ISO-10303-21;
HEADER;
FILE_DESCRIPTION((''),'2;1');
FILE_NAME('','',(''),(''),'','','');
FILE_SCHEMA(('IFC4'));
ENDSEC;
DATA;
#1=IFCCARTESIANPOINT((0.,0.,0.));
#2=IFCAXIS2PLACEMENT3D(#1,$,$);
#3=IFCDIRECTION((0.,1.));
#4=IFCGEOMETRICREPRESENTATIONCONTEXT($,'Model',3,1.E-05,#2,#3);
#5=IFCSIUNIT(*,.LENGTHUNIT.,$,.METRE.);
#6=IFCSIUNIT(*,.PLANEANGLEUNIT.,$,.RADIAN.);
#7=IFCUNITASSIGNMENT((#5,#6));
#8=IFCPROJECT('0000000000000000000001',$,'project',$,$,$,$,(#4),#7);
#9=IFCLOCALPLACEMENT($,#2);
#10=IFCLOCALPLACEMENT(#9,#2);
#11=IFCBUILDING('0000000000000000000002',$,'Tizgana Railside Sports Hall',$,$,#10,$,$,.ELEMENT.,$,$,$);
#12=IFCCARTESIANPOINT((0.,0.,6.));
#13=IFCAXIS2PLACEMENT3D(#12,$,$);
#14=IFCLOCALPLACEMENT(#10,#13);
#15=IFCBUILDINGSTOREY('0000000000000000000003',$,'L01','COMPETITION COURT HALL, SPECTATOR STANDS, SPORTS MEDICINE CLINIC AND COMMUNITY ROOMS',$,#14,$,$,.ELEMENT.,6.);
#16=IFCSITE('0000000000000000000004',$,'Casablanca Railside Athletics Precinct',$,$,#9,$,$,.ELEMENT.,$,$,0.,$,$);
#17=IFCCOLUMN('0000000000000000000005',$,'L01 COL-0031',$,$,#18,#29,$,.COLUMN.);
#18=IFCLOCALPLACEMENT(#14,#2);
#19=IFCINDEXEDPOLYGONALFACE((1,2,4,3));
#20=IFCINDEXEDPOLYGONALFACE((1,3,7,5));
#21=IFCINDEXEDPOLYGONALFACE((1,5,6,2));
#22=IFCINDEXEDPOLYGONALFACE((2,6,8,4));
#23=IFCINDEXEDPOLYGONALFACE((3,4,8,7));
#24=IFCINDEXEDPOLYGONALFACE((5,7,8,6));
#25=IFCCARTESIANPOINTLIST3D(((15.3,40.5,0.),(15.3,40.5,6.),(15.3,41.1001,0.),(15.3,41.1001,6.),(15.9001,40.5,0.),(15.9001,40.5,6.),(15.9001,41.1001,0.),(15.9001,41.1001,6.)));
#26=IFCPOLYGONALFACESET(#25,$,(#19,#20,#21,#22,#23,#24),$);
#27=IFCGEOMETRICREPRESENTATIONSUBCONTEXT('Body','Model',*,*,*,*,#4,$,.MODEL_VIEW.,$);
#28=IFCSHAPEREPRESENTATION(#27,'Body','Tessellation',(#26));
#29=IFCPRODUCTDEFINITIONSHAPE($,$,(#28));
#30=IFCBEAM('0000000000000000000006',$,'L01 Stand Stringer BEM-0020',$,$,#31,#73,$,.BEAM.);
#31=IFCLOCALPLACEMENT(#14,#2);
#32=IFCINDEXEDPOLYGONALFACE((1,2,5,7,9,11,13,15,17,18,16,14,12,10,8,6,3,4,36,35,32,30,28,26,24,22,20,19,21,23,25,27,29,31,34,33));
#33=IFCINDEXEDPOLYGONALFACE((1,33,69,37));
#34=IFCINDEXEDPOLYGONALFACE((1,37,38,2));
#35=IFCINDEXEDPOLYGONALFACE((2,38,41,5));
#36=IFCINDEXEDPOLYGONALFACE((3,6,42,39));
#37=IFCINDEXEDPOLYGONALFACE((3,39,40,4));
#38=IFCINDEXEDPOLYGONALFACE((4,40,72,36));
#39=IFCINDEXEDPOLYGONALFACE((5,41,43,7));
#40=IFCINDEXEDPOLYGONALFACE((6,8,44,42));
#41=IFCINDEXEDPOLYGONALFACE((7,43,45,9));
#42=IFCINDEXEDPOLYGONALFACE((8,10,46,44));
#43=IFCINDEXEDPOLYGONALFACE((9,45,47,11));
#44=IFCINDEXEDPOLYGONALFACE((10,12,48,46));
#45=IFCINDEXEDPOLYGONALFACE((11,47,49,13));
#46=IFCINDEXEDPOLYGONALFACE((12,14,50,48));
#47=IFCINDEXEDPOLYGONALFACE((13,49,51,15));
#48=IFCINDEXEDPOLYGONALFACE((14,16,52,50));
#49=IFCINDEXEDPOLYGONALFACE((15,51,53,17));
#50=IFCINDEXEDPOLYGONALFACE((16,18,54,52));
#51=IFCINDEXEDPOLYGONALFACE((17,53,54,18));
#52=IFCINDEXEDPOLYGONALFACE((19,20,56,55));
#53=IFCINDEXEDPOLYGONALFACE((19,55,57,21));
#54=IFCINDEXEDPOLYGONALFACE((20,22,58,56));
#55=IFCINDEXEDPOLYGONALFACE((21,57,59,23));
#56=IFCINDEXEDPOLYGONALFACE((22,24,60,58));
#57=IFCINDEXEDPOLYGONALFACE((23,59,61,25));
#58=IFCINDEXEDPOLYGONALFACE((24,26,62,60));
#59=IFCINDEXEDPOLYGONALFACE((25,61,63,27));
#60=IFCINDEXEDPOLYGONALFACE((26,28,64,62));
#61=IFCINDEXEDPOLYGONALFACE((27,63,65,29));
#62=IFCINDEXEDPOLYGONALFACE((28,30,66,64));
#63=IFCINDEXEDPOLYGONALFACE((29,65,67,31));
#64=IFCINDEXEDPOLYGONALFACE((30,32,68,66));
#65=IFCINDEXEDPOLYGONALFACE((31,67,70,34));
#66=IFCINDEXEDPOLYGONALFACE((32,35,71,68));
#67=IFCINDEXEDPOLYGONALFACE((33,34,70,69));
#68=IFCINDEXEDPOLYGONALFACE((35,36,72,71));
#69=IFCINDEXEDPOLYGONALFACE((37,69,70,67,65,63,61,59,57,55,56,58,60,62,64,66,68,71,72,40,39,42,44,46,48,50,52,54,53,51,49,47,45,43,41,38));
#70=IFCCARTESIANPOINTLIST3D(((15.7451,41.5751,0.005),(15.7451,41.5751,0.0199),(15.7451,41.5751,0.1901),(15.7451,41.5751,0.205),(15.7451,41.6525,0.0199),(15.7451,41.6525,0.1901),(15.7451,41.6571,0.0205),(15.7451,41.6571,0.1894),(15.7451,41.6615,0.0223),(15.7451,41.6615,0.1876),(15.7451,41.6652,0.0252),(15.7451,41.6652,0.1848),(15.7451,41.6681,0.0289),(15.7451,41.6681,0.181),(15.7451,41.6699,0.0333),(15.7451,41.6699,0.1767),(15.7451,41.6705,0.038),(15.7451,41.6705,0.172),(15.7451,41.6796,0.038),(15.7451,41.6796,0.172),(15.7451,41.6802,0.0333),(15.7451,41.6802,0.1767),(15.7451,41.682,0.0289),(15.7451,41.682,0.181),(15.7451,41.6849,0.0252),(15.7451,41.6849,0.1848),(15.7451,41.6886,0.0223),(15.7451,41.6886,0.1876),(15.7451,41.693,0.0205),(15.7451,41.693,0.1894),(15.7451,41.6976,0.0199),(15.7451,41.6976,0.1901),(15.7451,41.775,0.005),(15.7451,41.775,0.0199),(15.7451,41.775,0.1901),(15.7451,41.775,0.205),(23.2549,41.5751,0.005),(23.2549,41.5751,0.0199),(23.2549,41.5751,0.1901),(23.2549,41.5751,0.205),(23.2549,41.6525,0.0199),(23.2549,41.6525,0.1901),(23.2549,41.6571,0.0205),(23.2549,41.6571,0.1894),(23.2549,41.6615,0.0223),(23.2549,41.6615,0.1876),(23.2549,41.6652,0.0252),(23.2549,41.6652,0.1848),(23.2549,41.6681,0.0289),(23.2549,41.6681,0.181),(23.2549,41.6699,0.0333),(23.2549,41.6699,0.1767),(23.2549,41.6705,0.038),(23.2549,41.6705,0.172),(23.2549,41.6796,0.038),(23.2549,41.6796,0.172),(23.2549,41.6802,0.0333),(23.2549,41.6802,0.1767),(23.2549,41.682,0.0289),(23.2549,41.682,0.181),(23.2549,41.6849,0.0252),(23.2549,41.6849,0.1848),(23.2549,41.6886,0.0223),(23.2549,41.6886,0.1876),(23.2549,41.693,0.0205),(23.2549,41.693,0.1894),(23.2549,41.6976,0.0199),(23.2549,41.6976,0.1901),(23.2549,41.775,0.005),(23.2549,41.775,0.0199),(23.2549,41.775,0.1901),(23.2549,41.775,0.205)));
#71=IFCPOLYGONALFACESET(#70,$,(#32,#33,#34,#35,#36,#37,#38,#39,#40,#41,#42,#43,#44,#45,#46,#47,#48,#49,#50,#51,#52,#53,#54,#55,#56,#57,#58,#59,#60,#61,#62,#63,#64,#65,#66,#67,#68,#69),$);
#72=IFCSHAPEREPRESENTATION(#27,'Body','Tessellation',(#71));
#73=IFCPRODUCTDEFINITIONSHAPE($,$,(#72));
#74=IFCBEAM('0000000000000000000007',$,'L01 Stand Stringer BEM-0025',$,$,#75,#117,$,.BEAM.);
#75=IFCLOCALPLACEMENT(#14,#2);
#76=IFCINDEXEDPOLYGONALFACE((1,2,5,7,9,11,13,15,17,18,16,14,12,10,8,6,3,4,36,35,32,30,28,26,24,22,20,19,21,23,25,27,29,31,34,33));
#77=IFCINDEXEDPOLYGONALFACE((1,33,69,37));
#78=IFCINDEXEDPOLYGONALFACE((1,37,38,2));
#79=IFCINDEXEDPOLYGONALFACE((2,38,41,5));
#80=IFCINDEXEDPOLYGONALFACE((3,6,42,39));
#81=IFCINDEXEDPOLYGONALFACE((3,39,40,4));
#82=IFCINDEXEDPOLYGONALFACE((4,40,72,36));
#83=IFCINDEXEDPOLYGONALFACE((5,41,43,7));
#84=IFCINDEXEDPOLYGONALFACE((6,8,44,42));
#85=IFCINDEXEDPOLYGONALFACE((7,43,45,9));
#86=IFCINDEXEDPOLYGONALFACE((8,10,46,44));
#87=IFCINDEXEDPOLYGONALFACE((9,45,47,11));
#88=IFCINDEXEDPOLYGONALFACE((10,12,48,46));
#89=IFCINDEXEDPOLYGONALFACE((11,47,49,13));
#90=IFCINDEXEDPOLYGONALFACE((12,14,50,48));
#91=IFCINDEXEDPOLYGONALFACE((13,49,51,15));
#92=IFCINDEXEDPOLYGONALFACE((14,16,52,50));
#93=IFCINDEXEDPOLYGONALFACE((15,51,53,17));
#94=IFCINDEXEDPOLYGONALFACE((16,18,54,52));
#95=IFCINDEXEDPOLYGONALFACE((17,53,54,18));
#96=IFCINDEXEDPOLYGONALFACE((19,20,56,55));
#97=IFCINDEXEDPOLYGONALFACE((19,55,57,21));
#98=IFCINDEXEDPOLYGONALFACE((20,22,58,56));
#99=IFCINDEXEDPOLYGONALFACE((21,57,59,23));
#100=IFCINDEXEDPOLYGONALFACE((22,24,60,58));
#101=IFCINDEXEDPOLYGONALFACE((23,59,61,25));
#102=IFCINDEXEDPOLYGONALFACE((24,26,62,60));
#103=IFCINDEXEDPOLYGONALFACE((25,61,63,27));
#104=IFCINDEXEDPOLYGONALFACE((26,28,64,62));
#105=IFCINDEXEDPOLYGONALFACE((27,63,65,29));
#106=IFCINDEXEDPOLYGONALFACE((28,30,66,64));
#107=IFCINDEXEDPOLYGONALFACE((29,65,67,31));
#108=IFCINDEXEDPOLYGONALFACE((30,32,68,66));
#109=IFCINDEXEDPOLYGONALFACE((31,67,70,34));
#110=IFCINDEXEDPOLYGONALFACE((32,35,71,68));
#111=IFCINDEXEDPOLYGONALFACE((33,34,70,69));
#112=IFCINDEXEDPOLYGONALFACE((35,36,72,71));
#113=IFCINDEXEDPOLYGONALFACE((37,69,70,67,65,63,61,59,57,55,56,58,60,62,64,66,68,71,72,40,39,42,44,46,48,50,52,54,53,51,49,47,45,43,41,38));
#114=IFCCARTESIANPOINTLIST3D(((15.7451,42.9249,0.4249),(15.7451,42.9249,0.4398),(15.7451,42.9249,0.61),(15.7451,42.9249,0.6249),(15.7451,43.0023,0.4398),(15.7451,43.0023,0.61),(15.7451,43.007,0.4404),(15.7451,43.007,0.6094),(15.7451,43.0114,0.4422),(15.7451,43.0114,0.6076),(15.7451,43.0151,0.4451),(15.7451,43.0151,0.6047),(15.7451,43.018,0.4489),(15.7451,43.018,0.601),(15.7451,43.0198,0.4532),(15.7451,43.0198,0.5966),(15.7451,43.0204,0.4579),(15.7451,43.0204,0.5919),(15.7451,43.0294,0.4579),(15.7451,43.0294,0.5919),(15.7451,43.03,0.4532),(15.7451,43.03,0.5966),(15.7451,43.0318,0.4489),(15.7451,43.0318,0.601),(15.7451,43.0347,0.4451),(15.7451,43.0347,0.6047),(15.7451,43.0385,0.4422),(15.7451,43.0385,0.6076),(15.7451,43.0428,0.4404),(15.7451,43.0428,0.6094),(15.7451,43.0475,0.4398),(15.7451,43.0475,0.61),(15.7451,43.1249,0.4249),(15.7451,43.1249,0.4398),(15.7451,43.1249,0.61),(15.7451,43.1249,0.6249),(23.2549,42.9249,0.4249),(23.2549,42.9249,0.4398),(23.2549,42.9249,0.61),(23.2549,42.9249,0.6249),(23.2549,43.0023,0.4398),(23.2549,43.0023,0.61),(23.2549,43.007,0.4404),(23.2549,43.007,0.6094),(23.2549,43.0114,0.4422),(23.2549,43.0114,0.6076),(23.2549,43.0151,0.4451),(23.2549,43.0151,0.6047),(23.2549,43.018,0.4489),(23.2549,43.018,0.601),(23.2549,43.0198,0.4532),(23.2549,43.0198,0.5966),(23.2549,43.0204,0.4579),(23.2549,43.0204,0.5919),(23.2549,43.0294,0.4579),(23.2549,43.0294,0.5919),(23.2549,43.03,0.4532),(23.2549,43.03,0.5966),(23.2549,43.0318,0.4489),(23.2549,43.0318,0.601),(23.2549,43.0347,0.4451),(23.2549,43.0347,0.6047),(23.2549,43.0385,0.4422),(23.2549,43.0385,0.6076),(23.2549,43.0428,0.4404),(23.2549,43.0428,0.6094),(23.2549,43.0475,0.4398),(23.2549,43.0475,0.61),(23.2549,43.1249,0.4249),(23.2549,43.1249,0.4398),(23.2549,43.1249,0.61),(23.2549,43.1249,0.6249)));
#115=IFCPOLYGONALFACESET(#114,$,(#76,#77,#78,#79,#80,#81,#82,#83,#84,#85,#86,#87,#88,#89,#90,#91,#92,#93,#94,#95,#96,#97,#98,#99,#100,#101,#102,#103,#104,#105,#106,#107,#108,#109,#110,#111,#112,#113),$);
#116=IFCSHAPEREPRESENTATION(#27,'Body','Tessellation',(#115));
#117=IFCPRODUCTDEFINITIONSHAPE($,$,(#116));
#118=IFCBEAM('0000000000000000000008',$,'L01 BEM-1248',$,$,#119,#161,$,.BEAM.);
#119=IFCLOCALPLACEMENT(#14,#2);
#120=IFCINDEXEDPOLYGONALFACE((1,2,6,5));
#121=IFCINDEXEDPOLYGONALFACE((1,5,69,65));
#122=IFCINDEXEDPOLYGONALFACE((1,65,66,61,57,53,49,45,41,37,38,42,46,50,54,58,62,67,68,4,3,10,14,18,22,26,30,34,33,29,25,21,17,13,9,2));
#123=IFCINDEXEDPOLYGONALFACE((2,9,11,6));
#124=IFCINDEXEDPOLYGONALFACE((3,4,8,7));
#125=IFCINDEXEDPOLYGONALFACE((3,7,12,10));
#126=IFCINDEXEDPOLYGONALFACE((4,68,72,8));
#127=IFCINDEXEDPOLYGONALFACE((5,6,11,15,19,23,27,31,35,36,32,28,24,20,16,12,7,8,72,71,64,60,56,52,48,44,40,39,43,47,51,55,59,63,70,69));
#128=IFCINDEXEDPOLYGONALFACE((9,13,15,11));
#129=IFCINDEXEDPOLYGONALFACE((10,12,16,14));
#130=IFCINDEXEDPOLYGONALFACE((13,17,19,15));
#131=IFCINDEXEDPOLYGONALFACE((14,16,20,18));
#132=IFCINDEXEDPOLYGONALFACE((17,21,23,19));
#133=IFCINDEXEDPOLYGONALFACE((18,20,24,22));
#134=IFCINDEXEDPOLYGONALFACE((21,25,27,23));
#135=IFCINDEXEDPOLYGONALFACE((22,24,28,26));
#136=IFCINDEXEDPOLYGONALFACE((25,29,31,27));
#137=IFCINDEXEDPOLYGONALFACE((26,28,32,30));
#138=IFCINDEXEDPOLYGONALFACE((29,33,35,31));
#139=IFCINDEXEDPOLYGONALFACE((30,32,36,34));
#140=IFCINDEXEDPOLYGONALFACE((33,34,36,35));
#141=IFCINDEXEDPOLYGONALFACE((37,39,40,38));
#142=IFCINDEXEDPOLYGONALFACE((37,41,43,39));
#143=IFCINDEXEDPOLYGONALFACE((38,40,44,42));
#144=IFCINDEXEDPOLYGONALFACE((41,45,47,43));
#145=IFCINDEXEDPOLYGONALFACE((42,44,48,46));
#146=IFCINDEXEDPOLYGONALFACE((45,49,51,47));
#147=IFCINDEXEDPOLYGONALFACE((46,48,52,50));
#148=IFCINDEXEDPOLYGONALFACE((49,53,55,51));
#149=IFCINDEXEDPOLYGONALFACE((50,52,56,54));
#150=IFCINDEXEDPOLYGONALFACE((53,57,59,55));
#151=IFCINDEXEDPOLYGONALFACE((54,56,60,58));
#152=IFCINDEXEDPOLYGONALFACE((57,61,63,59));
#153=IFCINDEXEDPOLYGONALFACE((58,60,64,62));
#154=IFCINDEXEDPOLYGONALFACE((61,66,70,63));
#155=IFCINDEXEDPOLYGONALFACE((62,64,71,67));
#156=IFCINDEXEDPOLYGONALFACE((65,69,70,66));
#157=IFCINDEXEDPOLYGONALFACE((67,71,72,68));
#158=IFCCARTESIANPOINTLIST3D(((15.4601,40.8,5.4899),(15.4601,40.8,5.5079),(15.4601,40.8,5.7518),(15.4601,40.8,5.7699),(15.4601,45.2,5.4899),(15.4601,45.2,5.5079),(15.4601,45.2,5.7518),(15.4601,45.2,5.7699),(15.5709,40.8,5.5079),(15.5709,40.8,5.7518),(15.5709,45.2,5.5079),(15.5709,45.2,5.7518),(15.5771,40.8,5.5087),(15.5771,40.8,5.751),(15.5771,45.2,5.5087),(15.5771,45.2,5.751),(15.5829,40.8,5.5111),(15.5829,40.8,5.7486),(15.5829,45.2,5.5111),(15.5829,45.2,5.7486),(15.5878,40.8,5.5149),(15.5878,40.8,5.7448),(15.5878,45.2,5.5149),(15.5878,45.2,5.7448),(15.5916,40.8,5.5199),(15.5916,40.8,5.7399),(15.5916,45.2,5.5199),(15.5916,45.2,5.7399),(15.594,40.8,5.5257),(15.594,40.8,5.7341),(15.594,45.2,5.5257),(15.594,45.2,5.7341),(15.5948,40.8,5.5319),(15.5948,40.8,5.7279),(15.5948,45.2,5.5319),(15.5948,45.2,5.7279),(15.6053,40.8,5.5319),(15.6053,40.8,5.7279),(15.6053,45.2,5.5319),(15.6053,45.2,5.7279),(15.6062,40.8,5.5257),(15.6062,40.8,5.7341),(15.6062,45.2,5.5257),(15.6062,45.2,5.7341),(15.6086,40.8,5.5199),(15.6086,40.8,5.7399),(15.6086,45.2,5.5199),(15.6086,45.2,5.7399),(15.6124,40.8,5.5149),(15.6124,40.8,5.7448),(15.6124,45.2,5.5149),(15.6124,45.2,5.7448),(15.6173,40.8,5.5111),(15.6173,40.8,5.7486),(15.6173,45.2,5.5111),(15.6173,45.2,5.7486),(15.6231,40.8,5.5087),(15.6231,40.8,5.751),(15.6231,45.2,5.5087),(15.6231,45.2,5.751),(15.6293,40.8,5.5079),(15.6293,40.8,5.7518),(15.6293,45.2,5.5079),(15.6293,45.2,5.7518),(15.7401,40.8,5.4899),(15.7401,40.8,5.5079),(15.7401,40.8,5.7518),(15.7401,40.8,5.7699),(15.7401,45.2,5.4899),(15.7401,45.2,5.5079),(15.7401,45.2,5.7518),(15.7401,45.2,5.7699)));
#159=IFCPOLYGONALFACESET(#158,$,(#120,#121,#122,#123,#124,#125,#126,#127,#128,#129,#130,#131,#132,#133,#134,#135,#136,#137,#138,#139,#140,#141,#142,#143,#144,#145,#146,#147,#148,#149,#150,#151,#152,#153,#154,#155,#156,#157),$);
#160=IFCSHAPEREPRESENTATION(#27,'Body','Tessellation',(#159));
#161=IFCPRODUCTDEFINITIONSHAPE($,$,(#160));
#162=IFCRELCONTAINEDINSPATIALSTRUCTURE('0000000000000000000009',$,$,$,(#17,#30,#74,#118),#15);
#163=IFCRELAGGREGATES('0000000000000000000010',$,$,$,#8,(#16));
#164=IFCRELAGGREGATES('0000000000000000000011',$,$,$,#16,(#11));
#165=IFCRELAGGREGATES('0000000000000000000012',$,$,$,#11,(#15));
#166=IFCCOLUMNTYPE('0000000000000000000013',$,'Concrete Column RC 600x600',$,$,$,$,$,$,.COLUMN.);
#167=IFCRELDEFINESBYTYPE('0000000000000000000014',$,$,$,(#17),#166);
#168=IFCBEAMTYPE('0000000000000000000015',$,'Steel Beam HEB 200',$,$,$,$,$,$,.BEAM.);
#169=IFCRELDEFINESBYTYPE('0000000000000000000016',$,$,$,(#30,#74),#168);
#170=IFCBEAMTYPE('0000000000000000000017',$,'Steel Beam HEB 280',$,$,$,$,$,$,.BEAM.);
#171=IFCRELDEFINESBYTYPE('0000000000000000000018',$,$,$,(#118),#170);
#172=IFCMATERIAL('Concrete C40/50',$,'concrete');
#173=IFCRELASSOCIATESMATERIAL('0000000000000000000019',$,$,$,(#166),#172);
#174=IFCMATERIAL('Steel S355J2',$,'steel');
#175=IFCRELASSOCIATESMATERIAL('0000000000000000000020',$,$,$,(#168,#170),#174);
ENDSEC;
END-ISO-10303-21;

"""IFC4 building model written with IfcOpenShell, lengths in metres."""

from ifc_helpers import new_model, si_unit, direction, frame, origin, origin_2d, place, context, subcontext, project, spatial, rectangle, i_section, extrude, material, material_profile, profile_set, type_object, element, save


model = new_model("IFC4")

# Units and contexts
model_context = context("Model", 3, precision=1e-05, world=origin(), true_north=direction((0.0, 1.0)))
body_context = subcontext(model_context, "Body", "Model", "MODEL_VIEW")
ifc_project = project(units=[si_unit("LENGTHUNIT", "METRE"), si_unit("PLANEANGLEUNIT", "RADIAN")], contexts=[model_context])

# Site, building, storey
site_placement = place(None, origin())
site = spatial("IfcSite", under=ifc_project, at=site_placement, Name="Casablanca Railside Athletics Precinct", CompositionType="ELEMENT", RefElevation=0.0)
building_placement = place(site_placement, origin())
building = spatial("IfcBuilding", under=site, at=building_placement, Name="Tizgana Railside Sports Hall", CompositionType="ELEMENT")
storey_placement = place(building_placement, frame((0.0, 0.0, 6.0)))
storey = spatial("IfcBuildingStorey", under=building, at=storey_placement, Name="L01", Description="COMPETITION COURT HALL, SPECTATOR STANDS, SPORTS MEDICINE CLINIC AND COMMUNITY ROOMS", CompositionType="ELEMENT", Elevation=6.0)

# Column
ifc_material_1 = material(Name="Concrete C40/50", Category="concrete")
ifc_material_profile_1 = material_profile(ifc_material_1, rectangle(XDim=0.6001, YDim=0.6001, at=origin_2d()), Name="RC 600x600")
ifc_profile_set_1 = profile_set([ifc_material_profile_1], Name="Concrete C40/50")
column_type = type_object("IfcColumnType", Name="Concrete Column RC 600x600", PredefinedType="COLUMN", material=ifc_profile_set_1)
column_placement = place(storey_placement, frame((15.6001, 40.8, 0.0), z_axis=(0.0, 0.0, 1.0), x_axis=(1.0, 0.0, 0.0)))
element("IfcColumn", 1, at=column_placement, inside=storey, type_object=column_type, Name="L01 COL-0031", PredefinedType="COLUMN", context=body_context, shape_type="SweptSolid", body=[
    extrude(rectangle(XDim=0.6001, YDim=0.6001, at=origin_2d()), origin(), (0.0, 0.0, 1.0), 6.0),
])

# Beams
ifc_material_2 = material(Name="Steel S355J2", Category="steel")
ifc_material_profile_2 = material_profile(ifc_material_2, i_section(OverallWidth=0.2, OverallDepth=0.2, WebThickness=0.009, FlangeThickness=0.0149, FilletRadius=0.0181, at=origin_2d()), Name="HEB 200")
ifc_profile_set_2 = profile_set([ifc_material_profile_2], Name="Steel S355J2")
beam_type_1 = type_object("IfcBeamType", Name="Steel Beam HEB 200", PredefinedType="BEAM", material=ifc_profile_set_2)
for number, where, z_axis, x_axis, name in (
    (2, (15.7451, 41.675, 0.105), (1.0, 0.0, 0.0), (0.0, 1.0, 0.0), "L01 Stand Stringer BEM-0020"),
    (3, (15.7451, 43.0249, 0.5249), (1.0, 0.0, 0.0), (0.0, 1.0, 0.0), "L01 Stand Stringer BEM-0025"),
):
    element("IfcBeam", number, at=place(storey_placement, frame(where, z_axis=z_axis, x_axis=x_axis)), inside=storey, type_object=beam_type_1, Name=name, PredefinedType="BEAM", context=body_context, shape_type="SweptSolid", body=[
        extrude(i_section(OverallWidth=0.2, OverallDepth=0.2, WebThickness=0.009, FlangeThickness=0.0149, FilletRadius=0.0181, at=origin_2d()), origin(), (0.0, 0.0, 1.0), 7.5098),
    ])
ifc_material_profile_3 = material_profile(ifc_material_2, i_section(OverallWidth=0.28, OverallDepth=0.28, WebThickness=0.0105, FlangeThickness=0.0181, FilletRadius=0.0239, at=origin_2d()), Name="HEB 280")
ifc_profile_set_3 = profile_set([ifc_material_profile_3], Name="Steel S355J2")
beam_type_2 = type_object("IfcBeamType", Name="Steel Beam HEB 280", PredefinedType="BEAM", material=ifc_profile_set_3)
beam_1_placement = place(storey_placement, frame((15.6001, 40.8, 5.6299), z_axis=(0.0, 1.0, 0.0), x_axis=(-1.0, 0.0, 0.0)))
element("IfcBeam", 4, at=beam_1_placement, inside=storey, type_object=beam_type_2, Name="L01 BEM-1248", PredefinedType="BEAM", context=body_context, shape_type="SweptSolid", body=[
    extrude(i_section(OverallWidth=0.28, OverallDepth=0.28, WebThickness=0.0105, FlangeThickness=0.0181, FilletRadius=0.0239, at=origin_2d()), origin(), (0.0, 0.0, 1.0), 4.3999),
])

save(model, "model.ifc")
